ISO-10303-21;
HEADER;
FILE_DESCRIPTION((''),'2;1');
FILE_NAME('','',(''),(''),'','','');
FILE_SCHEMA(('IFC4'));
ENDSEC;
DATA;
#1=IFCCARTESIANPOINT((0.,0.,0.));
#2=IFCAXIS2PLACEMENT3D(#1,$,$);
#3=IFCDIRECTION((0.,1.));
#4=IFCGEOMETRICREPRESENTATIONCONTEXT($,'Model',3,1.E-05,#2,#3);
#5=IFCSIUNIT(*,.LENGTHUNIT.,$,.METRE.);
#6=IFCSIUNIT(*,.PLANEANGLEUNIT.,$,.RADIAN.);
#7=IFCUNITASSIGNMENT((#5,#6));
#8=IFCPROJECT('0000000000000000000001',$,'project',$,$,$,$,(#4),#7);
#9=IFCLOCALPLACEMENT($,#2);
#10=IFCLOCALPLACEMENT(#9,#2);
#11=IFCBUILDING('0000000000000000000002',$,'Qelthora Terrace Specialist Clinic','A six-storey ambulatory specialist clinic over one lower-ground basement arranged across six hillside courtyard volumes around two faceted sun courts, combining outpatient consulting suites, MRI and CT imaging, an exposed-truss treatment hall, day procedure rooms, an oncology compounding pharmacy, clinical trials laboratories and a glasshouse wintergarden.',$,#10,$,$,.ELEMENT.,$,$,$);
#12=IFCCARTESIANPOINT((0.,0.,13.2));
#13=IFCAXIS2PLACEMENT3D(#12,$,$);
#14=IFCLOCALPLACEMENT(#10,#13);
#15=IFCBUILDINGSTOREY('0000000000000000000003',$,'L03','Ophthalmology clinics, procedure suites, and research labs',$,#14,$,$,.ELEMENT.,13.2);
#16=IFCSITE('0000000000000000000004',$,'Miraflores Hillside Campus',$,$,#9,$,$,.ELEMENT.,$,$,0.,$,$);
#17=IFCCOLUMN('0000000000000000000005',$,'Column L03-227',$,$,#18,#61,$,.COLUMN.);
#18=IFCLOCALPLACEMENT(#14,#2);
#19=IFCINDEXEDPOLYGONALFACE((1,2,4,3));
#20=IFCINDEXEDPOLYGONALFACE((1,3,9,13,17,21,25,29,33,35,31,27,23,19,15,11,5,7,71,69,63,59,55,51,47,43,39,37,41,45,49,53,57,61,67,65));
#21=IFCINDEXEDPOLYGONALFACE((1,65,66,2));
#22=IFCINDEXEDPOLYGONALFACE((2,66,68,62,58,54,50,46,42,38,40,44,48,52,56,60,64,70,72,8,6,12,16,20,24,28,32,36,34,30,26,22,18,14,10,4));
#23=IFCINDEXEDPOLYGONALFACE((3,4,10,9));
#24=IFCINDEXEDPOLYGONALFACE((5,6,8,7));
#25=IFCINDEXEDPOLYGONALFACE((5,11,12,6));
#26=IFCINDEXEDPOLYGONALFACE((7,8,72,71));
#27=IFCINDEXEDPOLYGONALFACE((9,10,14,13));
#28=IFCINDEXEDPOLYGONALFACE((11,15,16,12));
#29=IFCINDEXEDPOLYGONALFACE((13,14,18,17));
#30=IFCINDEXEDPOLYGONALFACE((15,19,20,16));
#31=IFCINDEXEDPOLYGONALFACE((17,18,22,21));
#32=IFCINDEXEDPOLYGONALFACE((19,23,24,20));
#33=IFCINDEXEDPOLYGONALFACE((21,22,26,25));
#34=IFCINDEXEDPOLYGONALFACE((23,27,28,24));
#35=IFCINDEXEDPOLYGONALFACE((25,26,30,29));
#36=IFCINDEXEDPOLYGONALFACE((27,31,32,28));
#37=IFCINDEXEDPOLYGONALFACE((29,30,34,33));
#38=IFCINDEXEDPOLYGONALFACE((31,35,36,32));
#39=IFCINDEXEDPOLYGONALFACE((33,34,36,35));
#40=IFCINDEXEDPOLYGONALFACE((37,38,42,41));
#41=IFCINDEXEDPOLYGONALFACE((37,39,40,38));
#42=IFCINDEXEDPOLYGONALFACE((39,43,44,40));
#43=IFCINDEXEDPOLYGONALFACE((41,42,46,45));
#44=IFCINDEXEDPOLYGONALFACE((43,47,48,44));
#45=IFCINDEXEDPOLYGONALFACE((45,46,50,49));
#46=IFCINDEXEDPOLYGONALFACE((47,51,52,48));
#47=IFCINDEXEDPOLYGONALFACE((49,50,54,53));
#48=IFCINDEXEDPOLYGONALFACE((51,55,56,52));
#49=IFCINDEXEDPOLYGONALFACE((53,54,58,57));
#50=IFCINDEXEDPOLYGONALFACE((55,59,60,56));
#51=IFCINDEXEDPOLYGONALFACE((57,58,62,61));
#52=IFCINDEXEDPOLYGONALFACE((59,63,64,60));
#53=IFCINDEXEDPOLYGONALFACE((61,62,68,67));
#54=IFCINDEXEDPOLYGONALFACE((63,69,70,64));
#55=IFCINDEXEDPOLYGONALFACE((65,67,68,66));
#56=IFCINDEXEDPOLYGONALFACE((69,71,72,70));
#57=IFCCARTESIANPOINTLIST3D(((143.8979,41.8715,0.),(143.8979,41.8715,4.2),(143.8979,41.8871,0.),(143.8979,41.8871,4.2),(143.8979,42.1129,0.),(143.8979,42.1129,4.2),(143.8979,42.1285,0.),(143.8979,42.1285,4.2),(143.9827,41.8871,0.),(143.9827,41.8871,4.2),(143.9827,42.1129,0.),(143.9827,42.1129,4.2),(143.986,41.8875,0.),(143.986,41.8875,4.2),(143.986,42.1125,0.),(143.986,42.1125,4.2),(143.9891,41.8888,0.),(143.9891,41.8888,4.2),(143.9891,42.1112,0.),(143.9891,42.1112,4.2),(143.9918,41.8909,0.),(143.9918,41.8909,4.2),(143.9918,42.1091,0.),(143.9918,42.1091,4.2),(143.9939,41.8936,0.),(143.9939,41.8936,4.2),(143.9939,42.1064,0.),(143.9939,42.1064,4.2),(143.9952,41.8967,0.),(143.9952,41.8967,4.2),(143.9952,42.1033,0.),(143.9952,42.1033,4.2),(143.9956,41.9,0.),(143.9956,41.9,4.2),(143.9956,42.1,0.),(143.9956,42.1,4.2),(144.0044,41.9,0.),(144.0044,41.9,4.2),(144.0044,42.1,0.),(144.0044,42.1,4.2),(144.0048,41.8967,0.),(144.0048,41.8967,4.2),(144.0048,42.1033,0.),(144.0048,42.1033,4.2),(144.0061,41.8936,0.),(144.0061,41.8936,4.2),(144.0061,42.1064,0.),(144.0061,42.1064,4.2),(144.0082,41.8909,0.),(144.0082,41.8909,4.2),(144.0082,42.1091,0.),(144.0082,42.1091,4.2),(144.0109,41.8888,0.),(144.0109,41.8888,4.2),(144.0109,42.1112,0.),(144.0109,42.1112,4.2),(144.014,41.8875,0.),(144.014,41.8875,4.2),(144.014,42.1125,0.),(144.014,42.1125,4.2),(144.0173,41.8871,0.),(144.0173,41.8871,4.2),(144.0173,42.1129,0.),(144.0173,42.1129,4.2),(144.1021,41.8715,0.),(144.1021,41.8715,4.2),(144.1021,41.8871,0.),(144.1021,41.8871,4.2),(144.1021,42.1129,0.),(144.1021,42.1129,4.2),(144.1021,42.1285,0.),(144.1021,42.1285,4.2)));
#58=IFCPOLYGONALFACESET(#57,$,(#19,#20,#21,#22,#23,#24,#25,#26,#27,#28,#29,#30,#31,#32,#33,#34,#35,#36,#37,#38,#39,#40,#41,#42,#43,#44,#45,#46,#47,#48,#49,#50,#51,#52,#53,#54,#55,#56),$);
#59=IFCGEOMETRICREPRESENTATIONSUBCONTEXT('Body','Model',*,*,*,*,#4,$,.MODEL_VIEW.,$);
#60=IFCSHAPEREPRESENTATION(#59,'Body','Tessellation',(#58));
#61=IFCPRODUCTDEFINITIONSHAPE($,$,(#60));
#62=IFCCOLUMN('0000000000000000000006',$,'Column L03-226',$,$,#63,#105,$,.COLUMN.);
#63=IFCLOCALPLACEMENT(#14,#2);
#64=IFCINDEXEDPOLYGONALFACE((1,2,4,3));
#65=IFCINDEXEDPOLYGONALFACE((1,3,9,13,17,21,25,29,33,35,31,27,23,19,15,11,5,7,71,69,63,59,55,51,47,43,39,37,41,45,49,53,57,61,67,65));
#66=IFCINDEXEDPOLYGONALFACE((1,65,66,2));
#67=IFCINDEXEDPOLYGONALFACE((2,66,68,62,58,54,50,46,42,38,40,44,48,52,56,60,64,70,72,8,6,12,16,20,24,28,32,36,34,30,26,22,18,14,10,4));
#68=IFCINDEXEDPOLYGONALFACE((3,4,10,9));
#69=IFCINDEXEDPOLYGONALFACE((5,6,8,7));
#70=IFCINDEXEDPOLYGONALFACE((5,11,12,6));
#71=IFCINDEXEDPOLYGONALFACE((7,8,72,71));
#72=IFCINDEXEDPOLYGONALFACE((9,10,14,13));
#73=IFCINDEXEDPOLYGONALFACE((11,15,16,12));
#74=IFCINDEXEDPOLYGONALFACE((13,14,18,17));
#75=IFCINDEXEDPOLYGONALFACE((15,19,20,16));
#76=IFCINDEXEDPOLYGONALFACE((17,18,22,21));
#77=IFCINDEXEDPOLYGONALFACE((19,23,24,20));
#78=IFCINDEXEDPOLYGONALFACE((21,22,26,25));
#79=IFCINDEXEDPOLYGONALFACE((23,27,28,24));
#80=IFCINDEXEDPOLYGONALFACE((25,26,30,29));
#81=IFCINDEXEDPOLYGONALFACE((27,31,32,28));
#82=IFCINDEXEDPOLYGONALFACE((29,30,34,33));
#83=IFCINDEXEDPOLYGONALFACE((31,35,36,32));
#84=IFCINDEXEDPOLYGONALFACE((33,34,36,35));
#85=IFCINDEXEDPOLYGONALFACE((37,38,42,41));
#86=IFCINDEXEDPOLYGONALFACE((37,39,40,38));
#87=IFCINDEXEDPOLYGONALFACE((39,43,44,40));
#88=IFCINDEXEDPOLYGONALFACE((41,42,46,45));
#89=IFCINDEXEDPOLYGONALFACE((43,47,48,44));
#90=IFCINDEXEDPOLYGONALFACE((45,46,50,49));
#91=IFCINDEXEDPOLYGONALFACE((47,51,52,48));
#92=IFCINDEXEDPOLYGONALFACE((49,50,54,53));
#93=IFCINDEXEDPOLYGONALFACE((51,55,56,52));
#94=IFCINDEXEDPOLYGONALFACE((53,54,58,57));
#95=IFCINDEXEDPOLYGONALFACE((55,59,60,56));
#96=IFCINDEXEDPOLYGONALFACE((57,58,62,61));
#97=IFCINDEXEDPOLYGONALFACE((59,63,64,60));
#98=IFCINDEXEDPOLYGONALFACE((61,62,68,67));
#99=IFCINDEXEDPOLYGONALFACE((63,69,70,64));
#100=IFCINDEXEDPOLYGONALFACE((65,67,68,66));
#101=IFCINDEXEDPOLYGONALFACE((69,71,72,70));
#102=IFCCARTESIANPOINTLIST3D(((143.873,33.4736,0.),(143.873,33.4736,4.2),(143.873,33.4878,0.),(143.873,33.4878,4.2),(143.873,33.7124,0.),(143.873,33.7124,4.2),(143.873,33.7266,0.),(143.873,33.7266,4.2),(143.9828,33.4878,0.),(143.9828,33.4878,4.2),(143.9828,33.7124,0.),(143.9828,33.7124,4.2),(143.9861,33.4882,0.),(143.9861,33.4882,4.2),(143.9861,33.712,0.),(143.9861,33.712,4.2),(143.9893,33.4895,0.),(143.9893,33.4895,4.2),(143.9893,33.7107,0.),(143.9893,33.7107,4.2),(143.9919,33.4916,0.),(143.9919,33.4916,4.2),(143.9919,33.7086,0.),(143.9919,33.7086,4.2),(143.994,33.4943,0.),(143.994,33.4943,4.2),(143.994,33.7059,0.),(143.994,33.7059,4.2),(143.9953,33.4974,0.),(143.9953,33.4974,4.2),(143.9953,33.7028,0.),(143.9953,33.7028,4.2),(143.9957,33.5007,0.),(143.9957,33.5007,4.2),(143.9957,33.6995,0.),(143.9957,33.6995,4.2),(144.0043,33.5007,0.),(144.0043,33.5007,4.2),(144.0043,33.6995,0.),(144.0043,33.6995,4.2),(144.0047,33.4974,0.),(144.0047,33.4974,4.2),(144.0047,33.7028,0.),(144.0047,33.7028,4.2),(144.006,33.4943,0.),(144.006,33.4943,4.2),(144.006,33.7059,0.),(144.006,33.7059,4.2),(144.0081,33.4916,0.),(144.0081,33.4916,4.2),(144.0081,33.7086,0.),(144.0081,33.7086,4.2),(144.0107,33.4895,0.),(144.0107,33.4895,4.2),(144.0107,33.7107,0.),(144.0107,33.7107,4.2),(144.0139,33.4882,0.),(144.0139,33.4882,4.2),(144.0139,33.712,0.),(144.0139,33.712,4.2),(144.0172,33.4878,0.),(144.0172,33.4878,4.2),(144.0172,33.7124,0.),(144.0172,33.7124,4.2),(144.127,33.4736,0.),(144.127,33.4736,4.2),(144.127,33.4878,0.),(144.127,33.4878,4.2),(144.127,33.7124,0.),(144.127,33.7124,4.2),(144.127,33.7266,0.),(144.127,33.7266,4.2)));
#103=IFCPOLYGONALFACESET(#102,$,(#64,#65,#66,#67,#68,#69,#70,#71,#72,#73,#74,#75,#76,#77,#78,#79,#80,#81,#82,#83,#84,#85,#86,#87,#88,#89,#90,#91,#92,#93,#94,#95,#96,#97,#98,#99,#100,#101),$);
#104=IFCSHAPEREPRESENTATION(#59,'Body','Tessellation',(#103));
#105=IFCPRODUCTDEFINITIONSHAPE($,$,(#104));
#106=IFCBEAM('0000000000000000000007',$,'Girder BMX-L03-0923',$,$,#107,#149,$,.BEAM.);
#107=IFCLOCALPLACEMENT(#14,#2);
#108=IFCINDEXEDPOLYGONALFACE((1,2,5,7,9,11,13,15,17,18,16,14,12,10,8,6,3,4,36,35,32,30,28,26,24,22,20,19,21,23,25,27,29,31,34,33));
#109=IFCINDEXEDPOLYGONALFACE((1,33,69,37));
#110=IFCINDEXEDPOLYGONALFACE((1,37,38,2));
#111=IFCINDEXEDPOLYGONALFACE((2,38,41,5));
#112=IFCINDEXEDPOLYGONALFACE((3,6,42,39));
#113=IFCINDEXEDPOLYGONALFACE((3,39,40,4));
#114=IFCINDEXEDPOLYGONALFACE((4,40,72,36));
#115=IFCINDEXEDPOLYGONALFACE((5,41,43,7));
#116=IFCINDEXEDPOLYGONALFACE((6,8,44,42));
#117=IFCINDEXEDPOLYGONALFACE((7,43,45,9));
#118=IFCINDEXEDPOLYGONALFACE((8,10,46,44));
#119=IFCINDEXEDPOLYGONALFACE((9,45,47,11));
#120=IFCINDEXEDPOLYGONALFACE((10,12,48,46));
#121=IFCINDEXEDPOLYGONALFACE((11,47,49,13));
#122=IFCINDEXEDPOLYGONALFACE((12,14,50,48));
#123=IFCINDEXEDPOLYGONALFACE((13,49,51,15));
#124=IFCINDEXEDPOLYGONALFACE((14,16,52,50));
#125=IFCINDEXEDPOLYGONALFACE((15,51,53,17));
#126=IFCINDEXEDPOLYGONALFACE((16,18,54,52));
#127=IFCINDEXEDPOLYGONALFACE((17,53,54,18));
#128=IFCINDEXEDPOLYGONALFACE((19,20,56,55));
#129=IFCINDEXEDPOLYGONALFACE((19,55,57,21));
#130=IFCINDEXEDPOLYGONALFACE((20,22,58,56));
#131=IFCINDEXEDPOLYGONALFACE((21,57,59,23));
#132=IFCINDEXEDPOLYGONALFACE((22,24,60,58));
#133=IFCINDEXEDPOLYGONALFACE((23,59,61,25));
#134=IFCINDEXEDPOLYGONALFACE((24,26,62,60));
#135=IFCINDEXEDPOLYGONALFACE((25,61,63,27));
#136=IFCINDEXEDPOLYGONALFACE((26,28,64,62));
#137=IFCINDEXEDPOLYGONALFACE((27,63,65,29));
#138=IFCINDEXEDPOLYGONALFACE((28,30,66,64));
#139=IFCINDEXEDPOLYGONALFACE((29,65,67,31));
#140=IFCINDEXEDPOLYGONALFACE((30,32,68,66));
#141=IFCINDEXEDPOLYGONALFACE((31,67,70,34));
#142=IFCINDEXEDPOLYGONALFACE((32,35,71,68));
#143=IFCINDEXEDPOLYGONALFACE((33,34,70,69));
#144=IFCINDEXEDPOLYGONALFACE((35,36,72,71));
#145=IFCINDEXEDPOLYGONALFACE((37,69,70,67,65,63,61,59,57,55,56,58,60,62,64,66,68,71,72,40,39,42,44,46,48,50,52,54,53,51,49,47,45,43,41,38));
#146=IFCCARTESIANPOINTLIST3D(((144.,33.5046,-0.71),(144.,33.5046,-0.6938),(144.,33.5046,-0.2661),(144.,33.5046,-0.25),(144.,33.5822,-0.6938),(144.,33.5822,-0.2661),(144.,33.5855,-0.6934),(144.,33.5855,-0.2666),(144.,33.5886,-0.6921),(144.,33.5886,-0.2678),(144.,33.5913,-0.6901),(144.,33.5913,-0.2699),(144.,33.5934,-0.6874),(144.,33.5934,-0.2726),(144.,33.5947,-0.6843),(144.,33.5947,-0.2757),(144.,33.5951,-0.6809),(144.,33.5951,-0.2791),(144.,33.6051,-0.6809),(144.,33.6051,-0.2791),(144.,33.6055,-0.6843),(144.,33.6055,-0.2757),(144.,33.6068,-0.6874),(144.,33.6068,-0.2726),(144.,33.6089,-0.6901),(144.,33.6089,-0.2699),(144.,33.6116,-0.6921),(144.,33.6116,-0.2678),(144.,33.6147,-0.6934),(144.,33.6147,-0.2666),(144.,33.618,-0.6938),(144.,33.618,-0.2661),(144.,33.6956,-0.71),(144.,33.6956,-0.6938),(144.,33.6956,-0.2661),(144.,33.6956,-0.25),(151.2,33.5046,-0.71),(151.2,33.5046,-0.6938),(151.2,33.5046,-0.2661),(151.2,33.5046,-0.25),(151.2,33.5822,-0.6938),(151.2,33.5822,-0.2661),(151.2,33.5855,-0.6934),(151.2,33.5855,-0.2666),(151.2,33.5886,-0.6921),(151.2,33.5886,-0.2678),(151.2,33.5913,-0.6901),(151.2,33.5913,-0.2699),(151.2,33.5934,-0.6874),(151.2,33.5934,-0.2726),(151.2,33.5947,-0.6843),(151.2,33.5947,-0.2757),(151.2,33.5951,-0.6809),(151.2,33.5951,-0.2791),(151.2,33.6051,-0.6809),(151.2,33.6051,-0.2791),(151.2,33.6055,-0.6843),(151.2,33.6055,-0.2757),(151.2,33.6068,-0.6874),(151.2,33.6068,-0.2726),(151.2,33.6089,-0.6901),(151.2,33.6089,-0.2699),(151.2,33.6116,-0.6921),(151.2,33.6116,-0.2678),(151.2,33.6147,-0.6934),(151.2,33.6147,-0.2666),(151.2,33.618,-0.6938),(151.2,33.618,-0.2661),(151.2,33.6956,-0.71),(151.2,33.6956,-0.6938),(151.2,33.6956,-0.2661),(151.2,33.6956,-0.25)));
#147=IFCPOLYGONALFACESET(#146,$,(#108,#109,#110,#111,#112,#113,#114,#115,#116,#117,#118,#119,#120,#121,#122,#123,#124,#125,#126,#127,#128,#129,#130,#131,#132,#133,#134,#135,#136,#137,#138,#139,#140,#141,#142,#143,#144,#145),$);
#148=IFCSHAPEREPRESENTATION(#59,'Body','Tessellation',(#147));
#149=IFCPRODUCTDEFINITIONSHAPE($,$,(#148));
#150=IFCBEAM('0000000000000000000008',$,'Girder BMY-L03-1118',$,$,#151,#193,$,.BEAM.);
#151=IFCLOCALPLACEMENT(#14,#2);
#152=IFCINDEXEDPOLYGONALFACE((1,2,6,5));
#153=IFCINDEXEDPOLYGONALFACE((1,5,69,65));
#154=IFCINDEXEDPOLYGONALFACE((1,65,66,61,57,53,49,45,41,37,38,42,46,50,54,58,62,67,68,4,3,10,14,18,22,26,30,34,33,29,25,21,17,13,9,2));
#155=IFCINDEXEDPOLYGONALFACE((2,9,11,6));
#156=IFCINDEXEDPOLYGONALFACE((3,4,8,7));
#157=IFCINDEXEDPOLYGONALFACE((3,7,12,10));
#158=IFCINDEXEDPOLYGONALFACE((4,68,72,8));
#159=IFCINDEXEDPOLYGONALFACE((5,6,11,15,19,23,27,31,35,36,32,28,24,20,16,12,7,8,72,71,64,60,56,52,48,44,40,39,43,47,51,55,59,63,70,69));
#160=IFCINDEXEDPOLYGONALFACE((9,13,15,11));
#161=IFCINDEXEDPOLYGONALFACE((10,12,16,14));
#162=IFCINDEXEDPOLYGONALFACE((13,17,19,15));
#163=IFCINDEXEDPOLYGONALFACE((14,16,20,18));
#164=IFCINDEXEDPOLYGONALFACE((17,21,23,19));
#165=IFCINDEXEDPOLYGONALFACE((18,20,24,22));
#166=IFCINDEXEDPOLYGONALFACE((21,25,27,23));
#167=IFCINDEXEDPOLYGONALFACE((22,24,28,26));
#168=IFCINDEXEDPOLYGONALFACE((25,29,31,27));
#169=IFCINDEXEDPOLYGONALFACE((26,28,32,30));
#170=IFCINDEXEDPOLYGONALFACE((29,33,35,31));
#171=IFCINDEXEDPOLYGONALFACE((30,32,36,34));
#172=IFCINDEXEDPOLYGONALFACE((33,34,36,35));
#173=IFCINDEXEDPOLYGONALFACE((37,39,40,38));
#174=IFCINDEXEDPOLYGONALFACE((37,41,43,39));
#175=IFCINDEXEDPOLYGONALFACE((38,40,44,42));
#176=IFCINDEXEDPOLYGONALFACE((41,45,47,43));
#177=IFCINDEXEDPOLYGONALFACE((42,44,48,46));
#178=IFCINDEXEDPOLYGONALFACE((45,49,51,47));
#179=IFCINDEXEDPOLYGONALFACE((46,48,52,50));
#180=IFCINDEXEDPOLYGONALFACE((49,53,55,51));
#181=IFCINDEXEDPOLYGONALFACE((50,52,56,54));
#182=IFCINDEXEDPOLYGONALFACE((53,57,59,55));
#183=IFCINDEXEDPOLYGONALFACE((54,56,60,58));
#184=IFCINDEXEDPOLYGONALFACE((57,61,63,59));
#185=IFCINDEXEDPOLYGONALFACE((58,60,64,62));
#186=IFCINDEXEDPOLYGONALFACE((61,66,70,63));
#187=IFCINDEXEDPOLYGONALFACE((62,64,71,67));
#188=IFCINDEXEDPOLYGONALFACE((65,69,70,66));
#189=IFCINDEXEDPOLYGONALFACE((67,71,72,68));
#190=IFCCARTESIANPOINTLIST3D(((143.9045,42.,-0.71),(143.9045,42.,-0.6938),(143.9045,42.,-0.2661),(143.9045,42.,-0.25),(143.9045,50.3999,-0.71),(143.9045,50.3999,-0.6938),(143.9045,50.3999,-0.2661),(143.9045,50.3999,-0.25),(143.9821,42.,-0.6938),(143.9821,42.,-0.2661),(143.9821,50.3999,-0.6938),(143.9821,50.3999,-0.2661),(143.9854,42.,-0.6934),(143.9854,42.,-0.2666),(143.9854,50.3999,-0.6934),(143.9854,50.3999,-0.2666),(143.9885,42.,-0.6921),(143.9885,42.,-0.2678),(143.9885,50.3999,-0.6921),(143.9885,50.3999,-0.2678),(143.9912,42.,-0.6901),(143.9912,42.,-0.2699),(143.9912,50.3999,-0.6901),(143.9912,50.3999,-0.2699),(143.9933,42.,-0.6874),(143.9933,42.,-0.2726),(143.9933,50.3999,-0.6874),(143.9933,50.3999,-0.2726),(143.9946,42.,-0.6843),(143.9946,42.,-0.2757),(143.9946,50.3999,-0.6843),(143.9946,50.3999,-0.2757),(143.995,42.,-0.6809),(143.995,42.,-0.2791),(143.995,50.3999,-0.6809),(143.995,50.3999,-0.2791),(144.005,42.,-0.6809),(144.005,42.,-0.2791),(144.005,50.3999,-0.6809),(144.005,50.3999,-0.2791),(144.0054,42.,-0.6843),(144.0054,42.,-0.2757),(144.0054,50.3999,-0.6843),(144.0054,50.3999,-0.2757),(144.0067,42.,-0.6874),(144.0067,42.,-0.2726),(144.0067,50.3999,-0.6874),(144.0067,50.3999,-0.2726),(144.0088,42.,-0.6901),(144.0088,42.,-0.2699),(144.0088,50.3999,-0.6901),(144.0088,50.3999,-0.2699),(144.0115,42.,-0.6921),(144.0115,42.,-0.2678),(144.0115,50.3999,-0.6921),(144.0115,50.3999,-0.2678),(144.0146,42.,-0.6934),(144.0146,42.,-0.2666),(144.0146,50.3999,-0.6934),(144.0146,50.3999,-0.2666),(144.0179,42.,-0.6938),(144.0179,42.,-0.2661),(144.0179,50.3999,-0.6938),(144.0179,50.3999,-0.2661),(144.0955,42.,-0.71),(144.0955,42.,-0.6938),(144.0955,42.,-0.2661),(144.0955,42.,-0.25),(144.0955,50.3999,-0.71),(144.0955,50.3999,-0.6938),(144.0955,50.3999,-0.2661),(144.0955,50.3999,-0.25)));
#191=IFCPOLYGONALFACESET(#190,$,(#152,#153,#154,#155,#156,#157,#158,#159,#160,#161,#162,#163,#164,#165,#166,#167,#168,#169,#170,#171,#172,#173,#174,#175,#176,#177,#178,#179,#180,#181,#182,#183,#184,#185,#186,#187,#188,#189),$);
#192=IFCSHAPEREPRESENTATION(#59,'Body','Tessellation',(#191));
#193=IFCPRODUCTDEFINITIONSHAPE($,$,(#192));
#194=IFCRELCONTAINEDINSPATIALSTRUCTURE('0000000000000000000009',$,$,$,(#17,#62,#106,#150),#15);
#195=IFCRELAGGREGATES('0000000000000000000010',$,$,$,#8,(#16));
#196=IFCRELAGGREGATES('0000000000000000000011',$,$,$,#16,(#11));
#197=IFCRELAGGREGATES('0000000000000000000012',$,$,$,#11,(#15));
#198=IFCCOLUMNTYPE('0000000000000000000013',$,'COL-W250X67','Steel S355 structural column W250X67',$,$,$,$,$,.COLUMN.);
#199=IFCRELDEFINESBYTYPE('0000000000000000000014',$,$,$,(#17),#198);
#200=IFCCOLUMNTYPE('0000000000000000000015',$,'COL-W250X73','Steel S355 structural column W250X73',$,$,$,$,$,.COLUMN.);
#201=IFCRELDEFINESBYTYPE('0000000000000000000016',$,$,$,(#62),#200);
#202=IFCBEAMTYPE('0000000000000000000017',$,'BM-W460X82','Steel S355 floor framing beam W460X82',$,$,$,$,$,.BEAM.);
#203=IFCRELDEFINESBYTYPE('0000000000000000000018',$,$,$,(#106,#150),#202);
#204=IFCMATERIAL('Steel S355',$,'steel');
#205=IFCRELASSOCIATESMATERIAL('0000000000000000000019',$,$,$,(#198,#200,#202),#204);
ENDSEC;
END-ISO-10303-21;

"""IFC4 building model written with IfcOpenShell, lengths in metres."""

from ifc_helpers import new_model, si_unit, direction, frame, origin, origin_2d, place, context, subcontext, project, spatial, i_section, extrude, material, material_profile, profile_set, type_object, element, save


model = new_model("IFC4")

# Units and contexts
model_context = context("Model", 3, precision=1e-05, world=origin(), true_north=direction((0.0, 1.0)))
body_context = subcontext(model_context, "Body", "Model", "MODEL_VIEW")
ifc_project = project(units=[si_unit("LENGTHUNIT", "METRE"), si_unit("PLANEANGLEUNIT", "RADIAN")], contexts=[model_context])

# Site, building, storey
site_placement = place(None, origin())
site = spatial("IfcSite", under=ifc_project, at=site_placement, Name="Miraflores Hillside Campus", CompositionType="ELEMENT", RefElevation=0.0)
building_placement = place(site_placement, origin())
building = spatial("IfcBuilding", under=site, at=building_placement, Name="Qelthora Terrace Specialist Clinic", Description="A six-storey ambulatory specialist clinic over one lower-ground basement arranged across six hillside courtyard volumes around two faceted sun courts, combining outpatient consulting suites, MRI and CT imaging, an exposed-truss treatment hall, day procedure rooms, an oncology compounding pharmacy, clinical trials laboratories and a glasshouse wintergarden.", CompositionType="ELEMENT")
storey_placement = place(building_placement, frame((0.0, 0.0, 13.2)))
storey = spatial("IfcBuildingStorey", under=building, at=storey_placement, Name="L03", Description="Ophthalmology clinics, procedure suites, and research labs", CompositionType="ELEMENT", Elevation=13.2)

# Columns
ifc_material_1 = material(Name="Steel S355", Category="steel")
ifc_material_profile_1 = material_profile(ifc_material_1, i_section(OverallWidth=0.2041, OverallDepth=0.2571, WebThickness=0.0088, FlangeThickness=0.0156, FilletRadius=0.0129, at=origin_2d()), Name="W250X67")
ifc_profile_set_1 = profile_set([ifc_material_profile_1], Name="Steel S355")
column_type_1 = type_object("IfcColumnType", Name="COL-W250X67", Description="Steel S355 structural column W250X67", PredefinedType="COLUMN", material=ifc_profile_set_1)
column_1_placement = place(storey_placement, frame((144.0, 42.0, 0.0), z_axis=(0.0, 0.0, 1.0), x_axis=(1.0, 0.0, 0.0)))
element("IfcColumn", 1, at=column_1_placement, inside=storey, type_object=column_type_1, Name="Column L03-227", PredefinedType="COLUMN", context=body_context, shape_type="SweptSolid", body=[
    extrude(i_section(OverallWidth=0.2041, OverallDepth=0.2571, WebThickness=0.0088, FlangeThickness=0.0156, FilletRadius=0.0129, at=origin_2d()), origin(), (0.0, 0.0, 1.0), 4.2),
])
ifc_material_profile_2 = material_profile(ifc_material_1, i_section(OverallWidth=0.2539, OverallDepth=0.2529, WebThickness=0.0085, FlangeThickness=0.0142, FilletRadius=0.0129, at=origin_2d()), Name="W250X73")
ifc_profile_set_2 = profile_set([ifc_material_profile_2], Name="Steel S355")
column_type_2 = type_object("IfcColumnType", Name="COL-W250X73", Description="Steel S355 structural column W250X73", PredefinedType="COLUMN", material=ifc_profile_set_2)
column_2_placement = place(storey_placement, frame((144.0, 33.6001, 0.0), z_axis=(0.0, 0.0, 1.0), x_axis=(1.0, 0.0, 0.0)))
element("IfcColumn", 2, at=column_2_placement, inside=storey, type_object=column_type_2, Name="Column L03-226", PredefinedType="COLUMN", context=body_context, shape_type="SweptSolid", body=[
    extrude(i_section(OverallWidth=0.2539, OverallDepth=0.2529, WebThickness=0.0085, FlangeThickness=0.0142, FilletRadius=0.0129, at=origin_2d()), origin(), (0.0, 0.0, 1.0), 4.2),
])

# Beams
ifc_material_profile_3 = material_profile(ifc_material_1, i_section(OverallWidth=0.1909, OverallDepth=0.46, WebThickness=0.01, FlangeThickness=0.0161, FilletRadius=0.0129, at=origin_2d()), Name="W460X82")
ifc_profile_set_3 = profile_set([ifc_material_profile_3], Name="Steel S355")
beam_type_1 = type_object("IfcBeamType", Name="BM-W460X82", Description="Steel S355 floor framing beam W460X82", PredefinedType="BEAM", material=ifc_profile_set_3)
beam_1_placement = place(storey_placement, frame((144.0, 33.6001, -0.48), z_axis=(1.0, 0.0, 0.0), x_axis=(0.0, 1.0, 0.0)))
element("IfcBeam", 3, at=beam_1_placement, inside=storey, type_object=beam_type_1, Name="Girder BMX-L03-0923", PredefinedType="BEAM", context=body_context, shape_type="SweptSolid", body=[
    extrude(i_section(OverallWidth=0.1909, OverallDepth=0.46, WebThickness=0.01, FlangeThickness=0.0161, FilletRadius=0.0129, at=origin_2d()), origin(), (0.0, 0.0, 1.0), 7.2),
])
beam_2_placement = place(storey_placement, frame((144.0, 42.0, -0.48), z_axis=(0.0, 1.0, 0.0), x_axis=(-1.0, 0.0, 0.0)))
element("IfcBeam", 4, at=beam_2_placement, inside=storey, type_object=beam_type_1, Name="Girder BMY-L03-1118", PredefinedType="BEAM", context=body_context, shape_type="SweptSolid", body=[
    extrude(i_section(OverallWidth=0.1909, OverallDepth=0.46, WebThickness=0.01, FlangeThickness=0.0161, FilletRadius=0.0129, at=origin_2d()), origin(), (0.0, 0.0, 1.0), 8.3999),
])

save(model, "model.ifc")
